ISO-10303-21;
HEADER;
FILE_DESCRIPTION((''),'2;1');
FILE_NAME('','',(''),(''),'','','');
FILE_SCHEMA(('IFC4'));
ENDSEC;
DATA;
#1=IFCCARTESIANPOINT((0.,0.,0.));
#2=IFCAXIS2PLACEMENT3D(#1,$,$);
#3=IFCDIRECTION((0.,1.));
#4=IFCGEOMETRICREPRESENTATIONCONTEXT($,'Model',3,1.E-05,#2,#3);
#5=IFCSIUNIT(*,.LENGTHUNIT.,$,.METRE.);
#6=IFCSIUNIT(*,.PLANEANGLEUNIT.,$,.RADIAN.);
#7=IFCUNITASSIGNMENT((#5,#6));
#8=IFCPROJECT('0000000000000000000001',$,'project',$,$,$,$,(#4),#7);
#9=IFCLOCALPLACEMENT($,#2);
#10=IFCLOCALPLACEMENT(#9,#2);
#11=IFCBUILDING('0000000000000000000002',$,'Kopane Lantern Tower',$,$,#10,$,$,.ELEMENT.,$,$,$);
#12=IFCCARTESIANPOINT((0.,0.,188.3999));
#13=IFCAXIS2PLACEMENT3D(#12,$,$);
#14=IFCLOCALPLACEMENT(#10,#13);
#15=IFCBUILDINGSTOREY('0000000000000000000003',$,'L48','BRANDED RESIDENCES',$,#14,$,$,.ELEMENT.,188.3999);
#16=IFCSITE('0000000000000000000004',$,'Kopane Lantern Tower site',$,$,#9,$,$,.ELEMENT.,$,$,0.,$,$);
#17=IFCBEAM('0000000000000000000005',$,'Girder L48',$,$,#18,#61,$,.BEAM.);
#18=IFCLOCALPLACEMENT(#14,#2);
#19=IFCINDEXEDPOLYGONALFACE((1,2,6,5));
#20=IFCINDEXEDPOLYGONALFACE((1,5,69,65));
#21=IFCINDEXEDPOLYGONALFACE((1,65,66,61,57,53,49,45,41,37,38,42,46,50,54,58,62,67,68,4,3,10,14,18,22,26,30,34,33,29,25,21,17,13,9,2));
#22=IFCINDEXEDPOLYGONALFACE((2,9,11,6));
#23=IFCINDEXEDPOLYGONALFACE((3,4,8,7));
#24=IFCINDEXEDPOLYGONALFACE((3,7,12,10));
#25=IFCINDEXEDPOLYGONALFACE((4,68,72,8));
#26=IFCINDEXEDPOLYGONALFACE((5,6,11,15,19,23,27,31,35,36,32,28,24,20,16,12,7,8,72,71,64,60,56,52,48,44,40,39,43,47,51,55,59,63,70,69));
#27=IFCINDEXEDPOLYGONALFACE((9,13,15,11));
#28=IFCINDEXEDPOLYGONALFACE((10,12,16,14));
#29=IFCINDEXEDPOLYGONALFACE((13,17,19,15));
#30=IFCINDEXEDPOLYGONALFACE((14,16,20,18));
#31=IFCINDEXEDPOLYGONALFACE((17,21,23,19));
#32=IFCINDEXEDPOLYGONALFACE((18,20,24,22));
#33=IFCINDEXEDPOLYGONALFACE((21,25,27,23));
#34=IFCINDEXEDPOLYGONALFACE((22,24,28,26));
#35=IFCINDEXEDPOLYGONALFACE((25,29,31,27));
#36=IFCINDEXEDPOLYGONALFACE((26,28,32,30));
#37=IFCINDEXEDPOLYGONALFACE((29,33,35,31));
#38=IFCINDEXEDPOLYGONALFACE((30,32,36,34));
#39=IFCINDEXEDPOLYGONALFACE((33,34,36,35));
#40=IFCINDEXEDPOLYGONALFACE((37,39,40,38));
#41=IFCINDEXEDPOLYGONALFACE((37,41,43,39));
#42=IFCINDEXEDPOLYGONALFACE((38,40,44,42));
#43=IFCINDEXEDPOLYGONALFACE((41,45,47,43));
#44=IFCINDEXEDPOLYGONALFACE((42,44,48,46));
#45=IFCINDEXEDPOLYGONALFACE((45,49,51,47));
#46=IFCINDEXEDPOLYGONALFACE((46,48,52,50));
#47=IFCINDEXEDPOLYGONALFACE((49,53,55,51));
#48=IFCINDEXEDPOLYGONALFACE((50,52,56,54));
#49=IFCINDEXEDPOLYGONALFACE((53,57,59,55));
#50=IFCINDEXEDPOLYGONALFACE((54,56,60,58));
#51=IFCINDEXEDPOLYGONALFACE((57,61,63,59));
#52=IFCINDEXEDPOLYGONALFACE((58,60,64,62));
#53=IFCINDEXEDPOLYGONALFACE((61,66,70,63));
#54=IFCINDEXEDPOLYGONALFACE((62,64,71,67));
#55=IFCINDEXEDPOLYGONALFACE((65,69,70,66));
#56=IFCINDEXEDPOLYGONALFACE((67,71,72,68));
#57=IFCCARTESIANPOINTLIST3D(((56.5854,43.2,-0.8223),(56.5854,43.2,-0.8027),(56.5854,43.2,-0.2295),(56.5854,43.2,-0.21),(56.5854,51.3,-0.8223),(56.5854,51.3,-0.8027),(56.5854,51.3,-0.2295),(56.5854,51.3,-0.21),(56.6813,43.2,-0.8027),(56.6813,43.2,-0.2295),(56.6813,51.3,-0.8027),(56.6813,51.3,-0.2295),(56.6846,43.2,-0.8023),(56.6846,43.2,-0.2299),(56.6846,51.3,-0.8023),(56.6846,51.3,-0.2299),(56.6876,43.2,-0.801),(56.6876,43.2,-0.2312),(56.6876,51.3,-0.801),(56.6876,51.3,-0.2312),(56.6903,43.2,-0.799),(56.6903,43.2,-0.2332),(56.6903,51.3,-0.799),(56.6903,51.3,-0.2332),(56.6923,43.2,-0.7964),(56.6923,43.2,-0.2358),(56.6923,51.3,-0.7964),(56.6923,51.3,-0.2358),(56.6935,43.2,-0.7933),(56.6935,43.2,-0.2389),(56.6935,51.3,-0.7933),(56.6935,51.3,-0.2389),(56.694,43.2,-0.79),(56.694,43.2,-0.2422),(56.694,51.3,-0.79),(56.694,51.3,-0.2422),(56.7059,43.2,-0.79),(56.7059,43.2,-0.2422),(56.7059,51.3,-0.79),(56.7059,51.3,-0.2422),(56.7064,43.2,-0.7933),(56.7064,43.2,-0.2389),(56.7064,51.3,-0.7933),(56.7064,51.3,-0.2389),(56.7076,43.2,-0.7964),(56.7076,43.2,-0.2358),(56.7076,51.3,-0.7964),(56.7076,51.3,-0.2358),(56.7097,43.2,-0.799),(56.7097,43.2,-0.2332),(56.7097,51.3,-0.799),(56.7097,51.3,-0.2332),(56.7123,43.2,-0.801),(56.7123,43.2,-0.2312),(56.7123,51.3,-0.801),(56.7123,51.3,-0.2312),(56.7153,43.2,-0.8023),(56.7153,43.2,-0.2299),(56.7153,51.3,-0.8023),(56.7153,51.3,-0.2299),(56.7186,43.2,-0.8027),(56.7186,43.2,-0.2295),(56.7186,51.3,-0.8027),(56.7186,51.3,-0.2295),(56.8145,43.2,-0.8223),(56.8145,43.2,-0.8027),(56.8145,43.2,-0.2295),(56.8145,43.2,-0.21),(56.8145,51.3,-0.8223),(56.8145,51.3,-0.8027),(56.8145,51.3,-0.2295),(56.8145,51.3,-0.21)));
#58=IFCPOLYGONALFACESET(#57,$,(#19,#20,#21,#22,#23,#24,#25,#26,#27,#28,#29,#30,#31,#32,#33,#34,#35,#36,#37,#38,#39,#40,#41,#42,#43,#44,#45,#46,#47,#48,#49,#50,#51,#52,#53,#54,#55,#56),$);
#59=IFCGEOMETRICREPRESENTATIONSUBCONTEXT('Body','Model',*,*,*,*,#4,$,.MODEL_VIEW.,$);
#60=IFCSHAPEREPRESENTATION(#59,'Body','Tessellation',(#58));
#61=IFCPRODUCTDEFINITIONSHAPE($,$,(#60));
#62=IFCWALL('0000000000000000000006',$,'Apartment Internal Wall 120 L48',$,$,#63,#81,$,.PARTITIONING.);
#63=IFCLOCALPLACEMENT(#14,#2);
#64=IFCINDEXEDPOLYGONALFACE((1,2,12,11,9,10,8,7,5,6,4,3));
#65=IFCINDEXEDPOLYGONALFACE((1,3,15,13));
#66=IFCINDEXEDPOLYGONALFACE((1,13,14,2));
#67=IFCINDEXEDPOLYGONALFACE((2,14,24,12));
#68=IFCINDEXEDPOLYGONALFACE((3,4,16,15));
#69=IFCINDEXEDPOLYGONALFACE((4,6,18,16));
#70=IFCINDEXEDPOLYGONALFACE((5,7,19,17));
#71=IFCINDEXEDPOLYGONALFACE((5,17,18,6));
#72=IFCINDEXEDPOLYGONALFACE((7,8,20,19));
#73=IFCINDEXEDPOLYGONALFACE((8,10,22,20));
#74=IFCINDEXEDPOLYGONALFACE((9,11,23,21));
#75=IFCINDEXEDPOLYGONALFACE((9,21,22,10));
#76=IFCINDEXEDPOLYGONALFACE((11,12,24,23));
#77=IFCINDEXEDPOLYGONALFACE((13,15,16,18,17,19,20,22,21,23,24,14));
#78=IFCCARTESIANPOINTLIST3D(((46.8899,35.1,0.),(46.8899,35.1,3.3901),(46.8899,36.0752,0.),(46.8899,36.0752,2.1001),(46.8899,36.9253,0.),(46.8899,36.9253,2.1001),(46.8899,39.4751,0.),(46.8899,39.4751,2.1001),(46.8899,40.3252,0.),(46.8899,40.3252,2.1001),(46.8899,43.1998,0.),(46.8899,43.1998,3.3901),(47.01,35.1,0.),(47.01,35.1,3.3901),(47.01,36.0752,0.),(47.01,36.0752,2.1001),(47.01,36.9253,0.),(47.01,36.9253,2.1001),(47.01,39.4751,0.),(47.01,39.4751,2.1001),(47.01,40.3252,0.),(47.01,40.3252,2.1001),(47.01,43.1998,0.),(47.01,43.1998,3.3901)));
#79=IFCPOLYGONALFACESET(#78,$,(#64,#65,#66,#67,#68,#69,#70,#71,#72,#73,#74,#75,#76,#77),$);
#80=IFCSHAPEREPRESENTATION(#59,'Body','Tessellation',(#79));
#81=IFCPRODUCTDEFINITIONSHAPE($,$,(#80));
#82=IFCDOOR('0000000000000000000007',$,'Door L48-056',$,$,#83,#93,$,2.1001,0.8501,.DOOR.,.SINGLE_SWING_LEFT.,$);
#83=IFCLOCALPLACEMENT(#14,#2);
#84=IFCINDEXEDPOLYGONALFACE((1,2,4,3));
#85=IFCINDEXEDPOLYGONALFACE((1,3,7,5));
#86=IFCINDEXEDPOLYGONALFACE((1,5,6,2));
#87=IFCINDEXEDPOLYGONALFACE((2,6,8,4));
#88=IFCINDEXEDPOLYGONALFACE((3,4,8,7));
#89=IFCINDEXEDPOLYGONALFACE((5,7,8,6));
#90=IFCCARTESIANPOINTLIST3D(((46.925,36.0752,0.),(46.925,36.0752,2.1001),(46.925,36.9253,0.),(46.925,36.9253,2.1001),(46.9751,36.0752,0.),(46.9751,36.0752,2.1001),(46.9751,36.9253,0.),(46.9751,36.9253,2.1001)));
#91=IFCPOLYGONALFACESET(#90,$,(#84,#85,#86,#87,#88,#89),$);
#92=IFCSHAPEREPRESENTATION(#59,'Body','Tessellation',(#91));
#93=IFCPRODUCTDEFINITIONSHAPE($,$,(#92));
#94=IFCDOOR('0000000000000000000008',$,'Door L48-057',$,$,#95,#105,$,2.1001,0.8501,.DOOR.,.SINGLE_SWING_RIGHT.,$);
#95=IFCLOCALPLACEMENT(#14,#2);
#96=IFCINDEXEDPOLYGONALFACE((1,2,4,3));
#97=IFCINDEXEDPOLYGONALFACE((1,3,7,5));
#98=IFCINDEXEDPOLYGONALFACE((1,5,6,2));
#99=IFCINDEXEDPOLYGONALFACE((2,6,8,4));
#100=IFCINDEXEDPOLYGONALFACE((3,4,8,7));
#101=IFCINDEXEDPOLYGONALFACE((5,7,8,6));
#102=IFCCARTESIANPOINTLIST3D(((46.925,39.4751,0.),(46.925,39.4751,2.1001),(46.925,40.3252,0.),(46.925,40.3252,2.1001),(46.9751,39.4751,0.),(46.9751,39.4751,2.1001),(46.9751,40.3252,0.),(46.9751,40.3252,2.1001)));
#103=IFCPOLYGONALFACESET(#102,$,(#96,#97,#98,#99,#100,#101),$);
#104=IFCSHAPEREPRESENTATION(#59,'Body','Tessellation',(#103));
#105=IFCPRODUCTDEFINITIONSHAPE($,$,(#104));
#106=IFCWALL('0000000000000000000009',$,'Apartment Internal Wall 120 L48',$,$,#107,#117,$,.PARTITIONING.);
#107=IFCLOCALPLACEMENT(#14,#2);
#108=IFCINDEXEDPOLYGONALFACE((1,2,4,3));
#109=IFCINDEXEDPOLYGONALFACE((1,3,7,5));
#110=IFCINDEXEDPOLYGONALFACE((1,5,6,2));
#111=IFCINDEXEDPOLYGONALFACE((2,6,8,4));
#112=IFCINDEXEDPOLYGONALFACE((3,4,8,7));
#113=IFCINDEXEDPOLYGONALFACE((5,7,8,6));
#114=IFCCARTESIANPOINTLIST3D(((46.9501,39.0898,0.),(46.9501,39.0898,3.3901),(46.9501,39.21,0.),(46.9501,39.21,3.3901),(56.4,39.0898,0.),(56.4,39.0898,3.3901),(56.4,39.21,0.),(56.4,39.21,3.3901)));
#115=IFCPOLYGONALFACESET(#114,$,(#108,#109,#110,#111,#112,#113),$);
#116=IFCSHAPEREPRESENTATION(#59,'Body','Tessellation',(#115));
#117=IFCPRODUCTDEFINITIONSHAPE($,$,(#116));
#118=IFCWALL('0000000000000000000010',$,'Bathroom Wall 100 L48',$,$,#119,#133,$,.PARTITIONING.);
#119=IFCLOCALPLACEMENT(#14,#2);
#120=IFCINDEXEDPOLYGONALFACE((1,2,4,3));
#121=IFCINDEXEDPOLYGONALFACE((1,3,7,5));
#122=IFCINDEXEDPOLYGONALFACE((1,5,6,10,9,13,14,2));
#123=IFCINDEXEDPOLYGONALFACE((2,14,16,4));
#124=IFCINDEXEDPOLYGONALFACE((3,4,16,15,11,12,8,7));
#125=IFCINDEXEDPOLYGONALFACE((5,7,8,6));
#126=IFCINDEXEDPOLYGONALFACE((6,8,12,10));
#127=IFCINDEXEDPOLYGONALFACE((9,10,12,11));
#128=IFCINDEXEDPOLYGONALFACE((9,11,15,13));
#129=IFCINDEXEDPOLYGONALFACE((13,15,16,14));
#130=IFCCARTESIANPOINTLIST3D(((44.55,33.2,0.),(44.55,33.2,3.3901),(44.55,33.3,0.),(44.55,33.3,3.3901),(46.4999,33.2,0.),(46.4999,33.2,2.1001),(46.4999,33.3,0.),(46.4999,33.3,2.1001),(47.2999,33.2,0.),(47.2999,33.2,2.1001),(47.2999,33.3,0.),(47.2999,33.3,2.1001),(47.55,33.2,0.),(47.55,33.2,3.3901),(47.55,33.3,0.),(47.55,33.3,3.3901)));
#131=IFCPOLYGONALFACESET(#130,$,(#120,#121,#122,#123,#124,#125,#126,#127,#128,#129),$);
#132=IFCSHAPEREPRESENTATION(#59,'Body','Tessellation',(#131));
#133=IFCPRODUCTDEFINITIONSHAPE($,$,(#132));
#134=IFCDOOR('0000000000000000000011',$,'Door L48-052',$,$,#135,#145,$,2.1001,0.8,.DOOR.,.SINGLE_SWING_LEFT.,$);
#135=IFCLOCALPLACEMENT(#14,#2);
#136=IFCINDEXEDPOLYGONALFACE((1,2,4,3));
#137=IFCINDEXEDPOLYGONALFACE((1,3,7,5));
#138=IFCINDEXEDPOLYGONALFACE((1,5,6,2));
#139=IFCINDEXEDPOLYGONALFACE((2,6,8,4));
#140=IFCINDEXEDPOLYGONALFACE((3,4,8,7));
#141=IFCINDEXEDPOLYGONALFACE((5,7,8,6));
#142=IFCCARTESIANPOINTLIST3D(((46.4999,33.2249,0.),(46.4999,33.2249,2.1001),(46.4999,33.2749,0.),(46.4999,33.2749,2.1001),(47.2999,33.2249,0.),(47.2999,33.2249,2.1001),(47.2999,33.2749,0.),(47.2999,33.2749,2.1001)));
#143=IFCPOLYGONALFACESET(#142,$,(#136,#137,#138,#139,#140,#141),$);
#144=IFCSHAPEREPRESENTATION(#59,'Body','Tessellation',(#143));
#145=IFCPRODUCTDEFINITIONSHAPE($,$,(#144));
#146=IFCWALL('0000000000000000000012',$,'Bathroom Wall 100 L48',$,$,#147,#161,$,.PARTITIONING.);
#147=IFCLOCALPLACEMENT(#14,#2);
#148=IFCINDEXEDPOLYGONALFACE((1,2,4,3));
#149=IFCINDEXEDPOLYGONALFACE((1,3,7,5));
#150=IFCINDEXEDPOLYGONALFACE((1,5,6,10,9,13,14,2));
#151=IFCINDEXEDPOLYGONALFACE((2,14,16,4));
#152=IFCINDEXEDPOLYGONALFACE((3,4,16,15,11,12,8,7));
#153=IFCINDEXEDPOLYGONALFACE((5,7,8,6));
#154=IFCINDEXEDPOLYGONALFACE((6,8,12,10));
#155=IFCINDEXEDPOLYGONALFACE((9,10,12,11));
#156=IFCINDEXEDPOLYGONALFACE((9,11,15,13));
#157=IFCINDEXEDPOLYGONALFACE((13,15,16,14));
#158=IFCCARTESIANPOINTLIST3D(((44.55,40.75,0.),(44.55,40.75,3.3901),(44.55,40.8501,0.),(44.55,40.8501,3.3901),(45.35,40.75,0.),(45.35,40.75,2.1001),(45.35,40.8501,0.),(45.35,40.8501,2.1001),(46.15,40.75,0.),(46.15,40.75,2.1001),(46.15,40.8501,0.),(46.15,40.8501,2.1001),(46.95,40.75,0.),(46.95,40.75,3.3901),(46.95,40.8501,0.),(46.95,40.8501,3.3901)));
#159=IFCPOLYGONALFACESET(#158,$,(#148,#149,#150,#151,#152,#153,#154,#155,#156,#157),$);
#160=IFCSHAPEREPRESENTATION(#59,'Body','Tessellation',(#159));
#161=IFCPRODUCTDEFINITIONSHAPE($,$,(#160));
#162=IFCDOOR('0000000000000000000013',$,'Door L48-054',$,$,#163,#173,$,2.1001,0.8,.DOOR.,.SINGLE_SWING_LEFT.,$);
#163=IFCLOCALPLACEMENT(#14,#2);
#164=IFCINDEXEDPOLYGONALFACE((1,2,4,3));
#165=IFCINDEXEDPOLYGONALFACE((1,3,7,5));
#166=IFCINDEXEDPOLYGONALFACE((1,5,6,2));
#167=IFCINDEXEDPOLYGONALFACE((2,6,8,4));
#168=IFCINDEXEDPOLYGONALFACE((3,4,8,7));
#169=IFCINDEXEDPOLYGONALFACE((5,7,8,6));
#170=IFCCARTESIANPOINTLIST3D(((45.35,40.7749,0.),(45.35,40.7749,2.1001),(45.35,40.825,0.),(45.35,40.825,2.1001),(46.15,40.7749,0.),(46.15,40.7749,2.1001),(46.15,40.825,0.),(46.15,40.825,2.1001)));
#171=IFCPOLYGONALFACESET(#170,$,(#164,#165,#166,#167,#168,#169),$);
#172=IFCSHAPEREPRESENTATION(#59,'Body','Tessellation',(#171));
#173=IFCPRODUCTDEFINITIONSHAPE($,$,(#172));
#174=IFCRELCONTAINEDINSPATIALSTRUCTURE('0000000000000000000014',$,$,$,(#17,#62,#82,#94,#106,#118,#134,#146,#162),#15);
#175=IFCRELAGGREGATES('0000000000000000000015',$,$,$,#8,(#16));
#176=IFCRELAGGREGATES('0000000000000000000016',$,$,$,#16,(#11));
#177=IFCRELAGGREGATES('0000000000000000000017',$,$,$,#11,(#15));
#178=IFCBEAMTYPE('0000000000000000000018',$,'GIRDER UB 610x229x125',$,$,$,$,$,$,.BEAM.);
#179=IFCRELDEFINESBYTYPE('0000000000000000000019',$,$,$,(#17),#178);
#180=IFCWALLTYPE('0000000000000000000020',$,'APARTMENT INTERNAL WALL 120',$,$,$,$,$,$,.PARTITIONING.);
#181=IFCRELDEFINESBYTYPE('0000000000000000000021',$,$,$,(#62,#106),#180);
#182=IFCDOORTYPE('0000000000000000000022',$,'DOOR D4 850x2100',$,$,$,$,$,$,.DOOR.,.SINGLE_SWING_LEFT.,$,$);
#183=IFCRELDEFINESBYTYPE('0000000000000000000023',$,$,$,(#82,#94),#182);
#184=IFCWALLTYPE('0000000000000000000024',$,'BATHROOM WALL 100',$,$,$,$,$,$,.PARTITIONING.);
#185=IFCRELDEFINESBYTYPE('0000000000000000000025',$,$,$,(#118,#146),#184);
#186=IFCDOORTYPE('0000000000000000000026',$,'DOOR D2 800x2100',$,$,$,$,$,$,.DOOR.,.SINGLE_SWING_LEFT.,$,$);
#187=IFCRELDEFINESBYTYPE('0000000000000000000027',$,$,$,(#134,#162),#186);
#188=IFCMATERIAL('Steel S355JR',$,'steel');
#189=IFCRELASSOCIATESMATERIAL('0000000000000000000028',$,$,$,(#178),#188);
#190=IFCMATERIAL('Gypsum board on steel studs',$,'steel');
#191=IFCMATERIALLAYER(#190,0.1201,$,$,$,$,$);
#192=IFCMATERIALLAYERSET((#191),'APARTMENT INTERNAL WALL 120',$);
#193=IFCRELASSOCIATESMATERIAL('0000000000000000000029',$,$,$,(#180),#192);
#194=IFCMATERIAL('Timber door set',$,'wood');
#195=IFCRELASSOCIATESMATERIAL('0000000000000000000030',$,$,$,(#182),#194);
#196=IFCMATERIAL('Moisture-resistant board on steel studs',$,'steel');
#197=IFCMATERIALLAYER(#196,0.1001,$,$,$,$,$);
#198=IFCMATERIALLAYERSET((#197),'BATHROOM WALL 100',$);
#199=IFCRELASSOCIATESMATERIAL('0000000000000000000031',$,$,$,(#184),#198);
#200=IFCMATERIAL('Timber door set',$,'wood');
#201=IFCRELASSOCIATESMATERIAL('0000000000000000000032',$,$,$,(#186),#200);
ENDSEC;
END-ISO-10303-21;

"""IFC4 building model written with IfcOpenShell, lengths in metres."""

from ifc_helpers import new_model, si_unit, direction, frame, frame_2d, origin, origin_2d, place, context, subcontext, project, spatial, rectangle, i_section, extrude, material, layer, layer_set, material_profile, profile_set, type_object, element, fill, save


model = new_model("IFC4")

# Units and contexts
model_context = context("Model", 3, precision=1e-05, world=origin(), true_north=direction((0.0, 1.0)))
body_context = subcontext(model_context, "Body", "Model", "MODEL_VIEW")
ifc_project = project(units=[si_unit("LENGTHUNIT", "METRE"), si_unit("PLANEANGLEUNIT", "RADIAN")], contexts=[model_context])

# Site, building, storey
site_placement = place(None, origin())
site = spatial("IfcSite", under=ifc_project, at=site_placement, Name="Kopane Lantern Tower site", CompositionType="ELEMENT", RefElevation=0.0)
building_placement = place(site_placement, origin())
building = spatial("IfcBuilding", under=site, at=building_placement, Name="Kopane Lantern Tower", CompositionType="ELEMENT")
storey_placement = place(building_placement, frame((0.0, 0.0, 188.3999)))
storey = spatial("IfcBuildingStorey", under=building, at=storey_placement, Name="L48", Description="BRANDED RESIDENCES", CompositionType="ELEMENT", Elevation=188.3999)

# Beam
ifc_material_1 = material(Name="Steel S355JR", Category="steel")
ifc_material_profile_1 = material_profile(ifc_material_1, i_section(OverallWidth=0.229, OverallDepth=0.6123, WebThickness=0.012, FlangeThickness=0.0195, FilletRadius=0.0127, at=origin_2d()), Name="UB 610x229x125")
ifc_profile_set_1 = profile_set([ifc_material_profile_1], Name="Steel S355JR")
beam_type = type_object("IfcBeamType", Name="GIRDER UB 610x229x125", PredefinedType="BEAM", material=ifc_profile_set_1)
beam_1_placement = place(storey_placement, frame((56.7, 43.2, -0.5161), z_axis=(0.0, 1.0, 0.0), x_axis=(-1.0, 0.0, 0.0)))
element("IfcBeam", 1, at=beam_1_placement, inside=storey, type_object=beam_type, Name="Girder L48", PredefinedType="BEAM", context=body_context, shape_type="SweptSolid", body=[
    extrude(i_section(OverallWidth=0.229, OverallDepth=0.6123, WebThickness=0.012, FlangeThickness=0.0195, FilletRadius=0.0127, at=origin_2d()), origin(), (0.0, 0.0, 1.0), 8.1001),
])

# Wall, openings, doors
ifc_material_2 = material(Name="Gypsum board on steel studs", Category="steel")
ifc_layer_1 = layer(ifc_material_2, 0.1201)
ifc_layer_set_1 = layer_set([ifc_layer_1], Name="APARTMENT INTERNAL WALL 120")
wall_type_1 = type_object("IfcWallType", Name="APARTMENT INTERNAL WALL 120", PredefinedType="PARTITIONING", material=ifc_layer_set_1)
wall_1_placement = place(storey_placement, frame((46.95, 35.1001, 0.0), z_axis=(0.0, 0.0, 1.0), x_axis=(0.0, 1.0, 0.0)))
wall_1 = element("IfcWall", 2, at=wall_1_placement, inside=storey, type_object=wall_type_1, Name="Apartment Internal Wall 120 L48", PredefinedType="PARTITIONING", context=body_context, shape_type="SweptSolid", body=[
    extrude(rectangle(XDim=8.0999, YDim=0.1201, at=frame_2d((4.0498, 0.0))), origin(), (0.0, 0.0, 1.0), 3.3901),
])
opening_1_placement = place(wall_1_placement, frame((0.9751, 0.0, 0.0)))
opening_1 = element("IfcOpeningElement", 3, at=opening_1_placement, cuts=wall_1, PredefinedType="OPENING", context=body_context, shape_type="SweptSolid", body=[
    extrude(rectangle(XDim=0.8501, YDim=2.1001, at=frame_2d((0.425, 1.05))), frame((0.0, 0.0701, 0.0), z_axis=(0.0, -1.0, 0.0), x_axis=(1.0, 0.0, 0.0)), (0.0, 0.0, 1.0), 0.1401),
])
opening_2_placement = place(wall_1_placement, frame((4.375, 0.0, 0.0)))
opening_2 = element("IfcOpeningElement", 4, at=opening_2_placement, cuts=wall_1, PredefinedType="OPENING", context=body_context, shape_type="SweptSolid", body=[
    extrude(rectangle(XDim=0.8501, YDim=2.1001, at=frame_2d((0.425, 1.05))), frame((0.0, 0.0701, 0.0), z_axis=(0.0, -1.0, 0.0), x_axis=(1.0, 0.0, 0.0)), (0.0, 0.0, 1.0), 0.1401),
])
ifc_material_3 = material(Name="Timber door set", Category="wood")
door_type_1 = type_object("IfcDoorType", Name="DOOR D4 850x2100", OperationType="SINGLE_SWING_LEFT", PredefinedType="DOOR", material=ifc_material_3)
door_1_placement = place(opening_1_placement, origin())
door_1 = element("IfcDoor", 5, at=door_1_placement, inside=storey, type_object=door_type_1, Name="Door L48-056", OperationType="SINGLE_SWING_LEFT", OverallHeight=2.1001, OverallWidth=0.8501, PredefinedType="DOOR", context=body_context, shape_type="SweptSolid", body=[
    extrude(rectangle(XDim=0.8501, YDim=2.1001, at=frame_2d((0.425, 1.05))), frame((0.0, 0.0249, 0.0), z_axis=(0.0, -1.0, 0.0), x_axis=(1.0, 0.0, 0.0)), (0.0, 0.0, 1.0), 0.05),
])
fill(opening_1, door_1)
door_2_placement = place(opening_2_placement, origin())
door_2 = element("IfcDoor", 6, at=door_2_placement, inside=storey, type_object=door_type_1, Name="Door L48-057", OperationType="SINGLE_SWING_RIGHT", OverallHeight=2.1001, OverallWidth=0.8501, PredefinedType="DOOR", context=body_context, shape_type="SweptSolid", body=[
    extrude(rectangle(XDim=0.8501, YDim=2.1001, at=frame_2d((0.425, 1.05))), frame((0.0, 0.0249, 0.0), z_axis=(0.0, -1.0, 0.0), x_axis=(1.0, 0.0, 0.0)), (0.0, 0.0, 1.0), 0.05),
])
fill(opening_2, door_2)

# Wall
wall_2_placement = place(storey_placement, frame((46.95, 39.1499, 0.0), z_axis=(0.0, 0.0, 1.0), x_axis=(1.0, 0.0, 0.0)))
element("IfcWall", 7, at=wall_2_placement, inside=storey, type_object=wall_type_1, Name="Apartment Internal Wall 120 L48", PredefinedType="PARTITIONING", context=body_context, shape_type="SweptSolid", body=[
    extrude(rectangle(XDim=9.45, YDim=0.1201, at=frame_2d((4.7251, 0.0))), origin(), (0.0, 0.0, 1.0), 3.3901),
])

# Walls, openings, doors
ifc_material_4 = material(Name="Moisture-resistant board on steel studs", Category="steel")
ifc_layer_2 = layer(ifc_material_4, 0.1001)
ifc_layer_set_2 = layer_set([ifc_layer_2], Name="BATHROOM WALL 100")
wall_type_2 = type_object("IfcWallType", Name="BATHROOM WALL 100", PredefinedType="PARTITIONING", material=ifc_layer_set_2)
wall_3_placement = place(storey_placement, frame((44.55, 33.25, 0.0), z_axis=(0.0, 0.0, 1.0), x_axis=(1.0, 0.0, 0.0)))
wall_3 = element("IfcWall", 8, at=wall_3_placement, inside=storey, type_object=wall_type_2, Name="Bathroom Wall 100 L48", PredefinedType="PARTITIONING", context=body_context, shape_type="SweptSolid", body=[
    extrude(rectangle(XDim=3.0, YDim=0.1001, at=frame_2d((1.5, 0.0))), origin(), (0.0, 0.0, 1.0), 3.3901),
])
opening_3_placement = place(wall_3_placement, frame((1.95, 0.0, 0.0)))
opening_3 = element("IfcOpeningElement", 9, at=opening_3_placement, cuts=wall_3, PredefinedType="OPENING", context=body_context, shape_type="SweptSolid", body=[
    extrude(rectangle(XDim=0.8, YDim=2.1001, at=frame_2d((0.3999, 1.05))), frame((0.0, 0.0601, 0.0), z_axis=(0.0, -1.0, 0.0), x_axis=(1.0, 0.0, 0.0)), (0.0, 0.0, 1.0), 0.1201),
])
ifc_material_5 = material(Name="Timber door set", Category="wood")
door_type_2 = type_object("IfcDoorType", Name="DOOR D2 800x2100", OperationType="SINGLE_SWING_LEFT", PredefinedType="DOOR", material=ifc_material_5)
door_3_placement = place(opening_3_placement, origin())
door_3 = element("IfcDoor", 10, at=door_3_placement, inside=storey, type_object=door_type_2, Name="Door L48-052", OperationType="SINGLE_SWING_LEFT", OverallHeight=2.1001, OverallWidth=0.8, PredefinedType="DOOR", context=body_context, shape_type="SweptSolid", body=[
    extrude(rectangle(XDim=0.8, YDim=2.1001, at=frame_2d((0.3999, 1.05))), frame((0.0, 0.0249, 0.0), z_axis=(0.0, -1.0, 0.0), x_axis=(1.0, 0.0, 0.0)), (0.0, 0.0, 1.0), 0.05),
])
fill(opening_3, door_3)
wall_4_placement = place(storey_placement, frame((44.55, 40.8, 0.0), z_axis=(0.0, 0.0, 1.0), x_axis=(1.0, 0.0, 0.0)))
wall_4 = element("IfcWall", 11, at=wall_4_placement, inside=storey, type_object=wall_type_2, Name="Bathroom Wall 100 L48", PredefinedType="PARTITIONING", context=body_context, shape_type="SweptSolid", body=[
    extrude(rectangle(XDim=2.3999, YDim=0.1001, at=frame_2d((1.2, 0.0))), origin(), (0.0, 0.0, 1.0), 3.3901),
])
opening_4_placement = place(wall_4_placement, frame((0.8, 0.0, 0.0)))
opening_4 = element("IfcOpeningElement", 12, at=opening_4_placement, cuts=wall_4, PredefinedType="OPENING", context=body_context, shape_type="SweptSolid", body=[
    extrude(rectangle(XDim=0.8, YDim=2.1001, at=frame_2d((0.3999, 1.05))), frame((0.0, 0.0601, 0.0), z_axis=(0.0, -1.0, 0.0), x_axis=(1.0, 0.0, 0.0)), (0.0, 0.0, 1.0), 0.1201),
])
door_4_placement = place(opening_4_placement, origin())
door_4 = element("IfcDoor", 13, at=door_4_placement, inside=storey, type_object=door_type_2, Name="Door L48-054", OperationType="SINGLE_SWING_LEFT", OverallHeight=2.1001, OverallWidth=0.8, PredefinedType="DOOR", context=body_context, shape_type="SweptSolid", body=[
    extrude(rectangle(XDim=0.8, YDim=2.1001, at=frame_2d((0.3999, 1.05))), frame((0.0, 0.0249, 0.0), z_axis=(0.0, -1.0, 0.0), x_axis=(1.0, 0.0, 0.0)), (0.0, 0.0, 1.0), 0.05),
])
fill(opening_4, door_4)

save(model, "model.ifc")
